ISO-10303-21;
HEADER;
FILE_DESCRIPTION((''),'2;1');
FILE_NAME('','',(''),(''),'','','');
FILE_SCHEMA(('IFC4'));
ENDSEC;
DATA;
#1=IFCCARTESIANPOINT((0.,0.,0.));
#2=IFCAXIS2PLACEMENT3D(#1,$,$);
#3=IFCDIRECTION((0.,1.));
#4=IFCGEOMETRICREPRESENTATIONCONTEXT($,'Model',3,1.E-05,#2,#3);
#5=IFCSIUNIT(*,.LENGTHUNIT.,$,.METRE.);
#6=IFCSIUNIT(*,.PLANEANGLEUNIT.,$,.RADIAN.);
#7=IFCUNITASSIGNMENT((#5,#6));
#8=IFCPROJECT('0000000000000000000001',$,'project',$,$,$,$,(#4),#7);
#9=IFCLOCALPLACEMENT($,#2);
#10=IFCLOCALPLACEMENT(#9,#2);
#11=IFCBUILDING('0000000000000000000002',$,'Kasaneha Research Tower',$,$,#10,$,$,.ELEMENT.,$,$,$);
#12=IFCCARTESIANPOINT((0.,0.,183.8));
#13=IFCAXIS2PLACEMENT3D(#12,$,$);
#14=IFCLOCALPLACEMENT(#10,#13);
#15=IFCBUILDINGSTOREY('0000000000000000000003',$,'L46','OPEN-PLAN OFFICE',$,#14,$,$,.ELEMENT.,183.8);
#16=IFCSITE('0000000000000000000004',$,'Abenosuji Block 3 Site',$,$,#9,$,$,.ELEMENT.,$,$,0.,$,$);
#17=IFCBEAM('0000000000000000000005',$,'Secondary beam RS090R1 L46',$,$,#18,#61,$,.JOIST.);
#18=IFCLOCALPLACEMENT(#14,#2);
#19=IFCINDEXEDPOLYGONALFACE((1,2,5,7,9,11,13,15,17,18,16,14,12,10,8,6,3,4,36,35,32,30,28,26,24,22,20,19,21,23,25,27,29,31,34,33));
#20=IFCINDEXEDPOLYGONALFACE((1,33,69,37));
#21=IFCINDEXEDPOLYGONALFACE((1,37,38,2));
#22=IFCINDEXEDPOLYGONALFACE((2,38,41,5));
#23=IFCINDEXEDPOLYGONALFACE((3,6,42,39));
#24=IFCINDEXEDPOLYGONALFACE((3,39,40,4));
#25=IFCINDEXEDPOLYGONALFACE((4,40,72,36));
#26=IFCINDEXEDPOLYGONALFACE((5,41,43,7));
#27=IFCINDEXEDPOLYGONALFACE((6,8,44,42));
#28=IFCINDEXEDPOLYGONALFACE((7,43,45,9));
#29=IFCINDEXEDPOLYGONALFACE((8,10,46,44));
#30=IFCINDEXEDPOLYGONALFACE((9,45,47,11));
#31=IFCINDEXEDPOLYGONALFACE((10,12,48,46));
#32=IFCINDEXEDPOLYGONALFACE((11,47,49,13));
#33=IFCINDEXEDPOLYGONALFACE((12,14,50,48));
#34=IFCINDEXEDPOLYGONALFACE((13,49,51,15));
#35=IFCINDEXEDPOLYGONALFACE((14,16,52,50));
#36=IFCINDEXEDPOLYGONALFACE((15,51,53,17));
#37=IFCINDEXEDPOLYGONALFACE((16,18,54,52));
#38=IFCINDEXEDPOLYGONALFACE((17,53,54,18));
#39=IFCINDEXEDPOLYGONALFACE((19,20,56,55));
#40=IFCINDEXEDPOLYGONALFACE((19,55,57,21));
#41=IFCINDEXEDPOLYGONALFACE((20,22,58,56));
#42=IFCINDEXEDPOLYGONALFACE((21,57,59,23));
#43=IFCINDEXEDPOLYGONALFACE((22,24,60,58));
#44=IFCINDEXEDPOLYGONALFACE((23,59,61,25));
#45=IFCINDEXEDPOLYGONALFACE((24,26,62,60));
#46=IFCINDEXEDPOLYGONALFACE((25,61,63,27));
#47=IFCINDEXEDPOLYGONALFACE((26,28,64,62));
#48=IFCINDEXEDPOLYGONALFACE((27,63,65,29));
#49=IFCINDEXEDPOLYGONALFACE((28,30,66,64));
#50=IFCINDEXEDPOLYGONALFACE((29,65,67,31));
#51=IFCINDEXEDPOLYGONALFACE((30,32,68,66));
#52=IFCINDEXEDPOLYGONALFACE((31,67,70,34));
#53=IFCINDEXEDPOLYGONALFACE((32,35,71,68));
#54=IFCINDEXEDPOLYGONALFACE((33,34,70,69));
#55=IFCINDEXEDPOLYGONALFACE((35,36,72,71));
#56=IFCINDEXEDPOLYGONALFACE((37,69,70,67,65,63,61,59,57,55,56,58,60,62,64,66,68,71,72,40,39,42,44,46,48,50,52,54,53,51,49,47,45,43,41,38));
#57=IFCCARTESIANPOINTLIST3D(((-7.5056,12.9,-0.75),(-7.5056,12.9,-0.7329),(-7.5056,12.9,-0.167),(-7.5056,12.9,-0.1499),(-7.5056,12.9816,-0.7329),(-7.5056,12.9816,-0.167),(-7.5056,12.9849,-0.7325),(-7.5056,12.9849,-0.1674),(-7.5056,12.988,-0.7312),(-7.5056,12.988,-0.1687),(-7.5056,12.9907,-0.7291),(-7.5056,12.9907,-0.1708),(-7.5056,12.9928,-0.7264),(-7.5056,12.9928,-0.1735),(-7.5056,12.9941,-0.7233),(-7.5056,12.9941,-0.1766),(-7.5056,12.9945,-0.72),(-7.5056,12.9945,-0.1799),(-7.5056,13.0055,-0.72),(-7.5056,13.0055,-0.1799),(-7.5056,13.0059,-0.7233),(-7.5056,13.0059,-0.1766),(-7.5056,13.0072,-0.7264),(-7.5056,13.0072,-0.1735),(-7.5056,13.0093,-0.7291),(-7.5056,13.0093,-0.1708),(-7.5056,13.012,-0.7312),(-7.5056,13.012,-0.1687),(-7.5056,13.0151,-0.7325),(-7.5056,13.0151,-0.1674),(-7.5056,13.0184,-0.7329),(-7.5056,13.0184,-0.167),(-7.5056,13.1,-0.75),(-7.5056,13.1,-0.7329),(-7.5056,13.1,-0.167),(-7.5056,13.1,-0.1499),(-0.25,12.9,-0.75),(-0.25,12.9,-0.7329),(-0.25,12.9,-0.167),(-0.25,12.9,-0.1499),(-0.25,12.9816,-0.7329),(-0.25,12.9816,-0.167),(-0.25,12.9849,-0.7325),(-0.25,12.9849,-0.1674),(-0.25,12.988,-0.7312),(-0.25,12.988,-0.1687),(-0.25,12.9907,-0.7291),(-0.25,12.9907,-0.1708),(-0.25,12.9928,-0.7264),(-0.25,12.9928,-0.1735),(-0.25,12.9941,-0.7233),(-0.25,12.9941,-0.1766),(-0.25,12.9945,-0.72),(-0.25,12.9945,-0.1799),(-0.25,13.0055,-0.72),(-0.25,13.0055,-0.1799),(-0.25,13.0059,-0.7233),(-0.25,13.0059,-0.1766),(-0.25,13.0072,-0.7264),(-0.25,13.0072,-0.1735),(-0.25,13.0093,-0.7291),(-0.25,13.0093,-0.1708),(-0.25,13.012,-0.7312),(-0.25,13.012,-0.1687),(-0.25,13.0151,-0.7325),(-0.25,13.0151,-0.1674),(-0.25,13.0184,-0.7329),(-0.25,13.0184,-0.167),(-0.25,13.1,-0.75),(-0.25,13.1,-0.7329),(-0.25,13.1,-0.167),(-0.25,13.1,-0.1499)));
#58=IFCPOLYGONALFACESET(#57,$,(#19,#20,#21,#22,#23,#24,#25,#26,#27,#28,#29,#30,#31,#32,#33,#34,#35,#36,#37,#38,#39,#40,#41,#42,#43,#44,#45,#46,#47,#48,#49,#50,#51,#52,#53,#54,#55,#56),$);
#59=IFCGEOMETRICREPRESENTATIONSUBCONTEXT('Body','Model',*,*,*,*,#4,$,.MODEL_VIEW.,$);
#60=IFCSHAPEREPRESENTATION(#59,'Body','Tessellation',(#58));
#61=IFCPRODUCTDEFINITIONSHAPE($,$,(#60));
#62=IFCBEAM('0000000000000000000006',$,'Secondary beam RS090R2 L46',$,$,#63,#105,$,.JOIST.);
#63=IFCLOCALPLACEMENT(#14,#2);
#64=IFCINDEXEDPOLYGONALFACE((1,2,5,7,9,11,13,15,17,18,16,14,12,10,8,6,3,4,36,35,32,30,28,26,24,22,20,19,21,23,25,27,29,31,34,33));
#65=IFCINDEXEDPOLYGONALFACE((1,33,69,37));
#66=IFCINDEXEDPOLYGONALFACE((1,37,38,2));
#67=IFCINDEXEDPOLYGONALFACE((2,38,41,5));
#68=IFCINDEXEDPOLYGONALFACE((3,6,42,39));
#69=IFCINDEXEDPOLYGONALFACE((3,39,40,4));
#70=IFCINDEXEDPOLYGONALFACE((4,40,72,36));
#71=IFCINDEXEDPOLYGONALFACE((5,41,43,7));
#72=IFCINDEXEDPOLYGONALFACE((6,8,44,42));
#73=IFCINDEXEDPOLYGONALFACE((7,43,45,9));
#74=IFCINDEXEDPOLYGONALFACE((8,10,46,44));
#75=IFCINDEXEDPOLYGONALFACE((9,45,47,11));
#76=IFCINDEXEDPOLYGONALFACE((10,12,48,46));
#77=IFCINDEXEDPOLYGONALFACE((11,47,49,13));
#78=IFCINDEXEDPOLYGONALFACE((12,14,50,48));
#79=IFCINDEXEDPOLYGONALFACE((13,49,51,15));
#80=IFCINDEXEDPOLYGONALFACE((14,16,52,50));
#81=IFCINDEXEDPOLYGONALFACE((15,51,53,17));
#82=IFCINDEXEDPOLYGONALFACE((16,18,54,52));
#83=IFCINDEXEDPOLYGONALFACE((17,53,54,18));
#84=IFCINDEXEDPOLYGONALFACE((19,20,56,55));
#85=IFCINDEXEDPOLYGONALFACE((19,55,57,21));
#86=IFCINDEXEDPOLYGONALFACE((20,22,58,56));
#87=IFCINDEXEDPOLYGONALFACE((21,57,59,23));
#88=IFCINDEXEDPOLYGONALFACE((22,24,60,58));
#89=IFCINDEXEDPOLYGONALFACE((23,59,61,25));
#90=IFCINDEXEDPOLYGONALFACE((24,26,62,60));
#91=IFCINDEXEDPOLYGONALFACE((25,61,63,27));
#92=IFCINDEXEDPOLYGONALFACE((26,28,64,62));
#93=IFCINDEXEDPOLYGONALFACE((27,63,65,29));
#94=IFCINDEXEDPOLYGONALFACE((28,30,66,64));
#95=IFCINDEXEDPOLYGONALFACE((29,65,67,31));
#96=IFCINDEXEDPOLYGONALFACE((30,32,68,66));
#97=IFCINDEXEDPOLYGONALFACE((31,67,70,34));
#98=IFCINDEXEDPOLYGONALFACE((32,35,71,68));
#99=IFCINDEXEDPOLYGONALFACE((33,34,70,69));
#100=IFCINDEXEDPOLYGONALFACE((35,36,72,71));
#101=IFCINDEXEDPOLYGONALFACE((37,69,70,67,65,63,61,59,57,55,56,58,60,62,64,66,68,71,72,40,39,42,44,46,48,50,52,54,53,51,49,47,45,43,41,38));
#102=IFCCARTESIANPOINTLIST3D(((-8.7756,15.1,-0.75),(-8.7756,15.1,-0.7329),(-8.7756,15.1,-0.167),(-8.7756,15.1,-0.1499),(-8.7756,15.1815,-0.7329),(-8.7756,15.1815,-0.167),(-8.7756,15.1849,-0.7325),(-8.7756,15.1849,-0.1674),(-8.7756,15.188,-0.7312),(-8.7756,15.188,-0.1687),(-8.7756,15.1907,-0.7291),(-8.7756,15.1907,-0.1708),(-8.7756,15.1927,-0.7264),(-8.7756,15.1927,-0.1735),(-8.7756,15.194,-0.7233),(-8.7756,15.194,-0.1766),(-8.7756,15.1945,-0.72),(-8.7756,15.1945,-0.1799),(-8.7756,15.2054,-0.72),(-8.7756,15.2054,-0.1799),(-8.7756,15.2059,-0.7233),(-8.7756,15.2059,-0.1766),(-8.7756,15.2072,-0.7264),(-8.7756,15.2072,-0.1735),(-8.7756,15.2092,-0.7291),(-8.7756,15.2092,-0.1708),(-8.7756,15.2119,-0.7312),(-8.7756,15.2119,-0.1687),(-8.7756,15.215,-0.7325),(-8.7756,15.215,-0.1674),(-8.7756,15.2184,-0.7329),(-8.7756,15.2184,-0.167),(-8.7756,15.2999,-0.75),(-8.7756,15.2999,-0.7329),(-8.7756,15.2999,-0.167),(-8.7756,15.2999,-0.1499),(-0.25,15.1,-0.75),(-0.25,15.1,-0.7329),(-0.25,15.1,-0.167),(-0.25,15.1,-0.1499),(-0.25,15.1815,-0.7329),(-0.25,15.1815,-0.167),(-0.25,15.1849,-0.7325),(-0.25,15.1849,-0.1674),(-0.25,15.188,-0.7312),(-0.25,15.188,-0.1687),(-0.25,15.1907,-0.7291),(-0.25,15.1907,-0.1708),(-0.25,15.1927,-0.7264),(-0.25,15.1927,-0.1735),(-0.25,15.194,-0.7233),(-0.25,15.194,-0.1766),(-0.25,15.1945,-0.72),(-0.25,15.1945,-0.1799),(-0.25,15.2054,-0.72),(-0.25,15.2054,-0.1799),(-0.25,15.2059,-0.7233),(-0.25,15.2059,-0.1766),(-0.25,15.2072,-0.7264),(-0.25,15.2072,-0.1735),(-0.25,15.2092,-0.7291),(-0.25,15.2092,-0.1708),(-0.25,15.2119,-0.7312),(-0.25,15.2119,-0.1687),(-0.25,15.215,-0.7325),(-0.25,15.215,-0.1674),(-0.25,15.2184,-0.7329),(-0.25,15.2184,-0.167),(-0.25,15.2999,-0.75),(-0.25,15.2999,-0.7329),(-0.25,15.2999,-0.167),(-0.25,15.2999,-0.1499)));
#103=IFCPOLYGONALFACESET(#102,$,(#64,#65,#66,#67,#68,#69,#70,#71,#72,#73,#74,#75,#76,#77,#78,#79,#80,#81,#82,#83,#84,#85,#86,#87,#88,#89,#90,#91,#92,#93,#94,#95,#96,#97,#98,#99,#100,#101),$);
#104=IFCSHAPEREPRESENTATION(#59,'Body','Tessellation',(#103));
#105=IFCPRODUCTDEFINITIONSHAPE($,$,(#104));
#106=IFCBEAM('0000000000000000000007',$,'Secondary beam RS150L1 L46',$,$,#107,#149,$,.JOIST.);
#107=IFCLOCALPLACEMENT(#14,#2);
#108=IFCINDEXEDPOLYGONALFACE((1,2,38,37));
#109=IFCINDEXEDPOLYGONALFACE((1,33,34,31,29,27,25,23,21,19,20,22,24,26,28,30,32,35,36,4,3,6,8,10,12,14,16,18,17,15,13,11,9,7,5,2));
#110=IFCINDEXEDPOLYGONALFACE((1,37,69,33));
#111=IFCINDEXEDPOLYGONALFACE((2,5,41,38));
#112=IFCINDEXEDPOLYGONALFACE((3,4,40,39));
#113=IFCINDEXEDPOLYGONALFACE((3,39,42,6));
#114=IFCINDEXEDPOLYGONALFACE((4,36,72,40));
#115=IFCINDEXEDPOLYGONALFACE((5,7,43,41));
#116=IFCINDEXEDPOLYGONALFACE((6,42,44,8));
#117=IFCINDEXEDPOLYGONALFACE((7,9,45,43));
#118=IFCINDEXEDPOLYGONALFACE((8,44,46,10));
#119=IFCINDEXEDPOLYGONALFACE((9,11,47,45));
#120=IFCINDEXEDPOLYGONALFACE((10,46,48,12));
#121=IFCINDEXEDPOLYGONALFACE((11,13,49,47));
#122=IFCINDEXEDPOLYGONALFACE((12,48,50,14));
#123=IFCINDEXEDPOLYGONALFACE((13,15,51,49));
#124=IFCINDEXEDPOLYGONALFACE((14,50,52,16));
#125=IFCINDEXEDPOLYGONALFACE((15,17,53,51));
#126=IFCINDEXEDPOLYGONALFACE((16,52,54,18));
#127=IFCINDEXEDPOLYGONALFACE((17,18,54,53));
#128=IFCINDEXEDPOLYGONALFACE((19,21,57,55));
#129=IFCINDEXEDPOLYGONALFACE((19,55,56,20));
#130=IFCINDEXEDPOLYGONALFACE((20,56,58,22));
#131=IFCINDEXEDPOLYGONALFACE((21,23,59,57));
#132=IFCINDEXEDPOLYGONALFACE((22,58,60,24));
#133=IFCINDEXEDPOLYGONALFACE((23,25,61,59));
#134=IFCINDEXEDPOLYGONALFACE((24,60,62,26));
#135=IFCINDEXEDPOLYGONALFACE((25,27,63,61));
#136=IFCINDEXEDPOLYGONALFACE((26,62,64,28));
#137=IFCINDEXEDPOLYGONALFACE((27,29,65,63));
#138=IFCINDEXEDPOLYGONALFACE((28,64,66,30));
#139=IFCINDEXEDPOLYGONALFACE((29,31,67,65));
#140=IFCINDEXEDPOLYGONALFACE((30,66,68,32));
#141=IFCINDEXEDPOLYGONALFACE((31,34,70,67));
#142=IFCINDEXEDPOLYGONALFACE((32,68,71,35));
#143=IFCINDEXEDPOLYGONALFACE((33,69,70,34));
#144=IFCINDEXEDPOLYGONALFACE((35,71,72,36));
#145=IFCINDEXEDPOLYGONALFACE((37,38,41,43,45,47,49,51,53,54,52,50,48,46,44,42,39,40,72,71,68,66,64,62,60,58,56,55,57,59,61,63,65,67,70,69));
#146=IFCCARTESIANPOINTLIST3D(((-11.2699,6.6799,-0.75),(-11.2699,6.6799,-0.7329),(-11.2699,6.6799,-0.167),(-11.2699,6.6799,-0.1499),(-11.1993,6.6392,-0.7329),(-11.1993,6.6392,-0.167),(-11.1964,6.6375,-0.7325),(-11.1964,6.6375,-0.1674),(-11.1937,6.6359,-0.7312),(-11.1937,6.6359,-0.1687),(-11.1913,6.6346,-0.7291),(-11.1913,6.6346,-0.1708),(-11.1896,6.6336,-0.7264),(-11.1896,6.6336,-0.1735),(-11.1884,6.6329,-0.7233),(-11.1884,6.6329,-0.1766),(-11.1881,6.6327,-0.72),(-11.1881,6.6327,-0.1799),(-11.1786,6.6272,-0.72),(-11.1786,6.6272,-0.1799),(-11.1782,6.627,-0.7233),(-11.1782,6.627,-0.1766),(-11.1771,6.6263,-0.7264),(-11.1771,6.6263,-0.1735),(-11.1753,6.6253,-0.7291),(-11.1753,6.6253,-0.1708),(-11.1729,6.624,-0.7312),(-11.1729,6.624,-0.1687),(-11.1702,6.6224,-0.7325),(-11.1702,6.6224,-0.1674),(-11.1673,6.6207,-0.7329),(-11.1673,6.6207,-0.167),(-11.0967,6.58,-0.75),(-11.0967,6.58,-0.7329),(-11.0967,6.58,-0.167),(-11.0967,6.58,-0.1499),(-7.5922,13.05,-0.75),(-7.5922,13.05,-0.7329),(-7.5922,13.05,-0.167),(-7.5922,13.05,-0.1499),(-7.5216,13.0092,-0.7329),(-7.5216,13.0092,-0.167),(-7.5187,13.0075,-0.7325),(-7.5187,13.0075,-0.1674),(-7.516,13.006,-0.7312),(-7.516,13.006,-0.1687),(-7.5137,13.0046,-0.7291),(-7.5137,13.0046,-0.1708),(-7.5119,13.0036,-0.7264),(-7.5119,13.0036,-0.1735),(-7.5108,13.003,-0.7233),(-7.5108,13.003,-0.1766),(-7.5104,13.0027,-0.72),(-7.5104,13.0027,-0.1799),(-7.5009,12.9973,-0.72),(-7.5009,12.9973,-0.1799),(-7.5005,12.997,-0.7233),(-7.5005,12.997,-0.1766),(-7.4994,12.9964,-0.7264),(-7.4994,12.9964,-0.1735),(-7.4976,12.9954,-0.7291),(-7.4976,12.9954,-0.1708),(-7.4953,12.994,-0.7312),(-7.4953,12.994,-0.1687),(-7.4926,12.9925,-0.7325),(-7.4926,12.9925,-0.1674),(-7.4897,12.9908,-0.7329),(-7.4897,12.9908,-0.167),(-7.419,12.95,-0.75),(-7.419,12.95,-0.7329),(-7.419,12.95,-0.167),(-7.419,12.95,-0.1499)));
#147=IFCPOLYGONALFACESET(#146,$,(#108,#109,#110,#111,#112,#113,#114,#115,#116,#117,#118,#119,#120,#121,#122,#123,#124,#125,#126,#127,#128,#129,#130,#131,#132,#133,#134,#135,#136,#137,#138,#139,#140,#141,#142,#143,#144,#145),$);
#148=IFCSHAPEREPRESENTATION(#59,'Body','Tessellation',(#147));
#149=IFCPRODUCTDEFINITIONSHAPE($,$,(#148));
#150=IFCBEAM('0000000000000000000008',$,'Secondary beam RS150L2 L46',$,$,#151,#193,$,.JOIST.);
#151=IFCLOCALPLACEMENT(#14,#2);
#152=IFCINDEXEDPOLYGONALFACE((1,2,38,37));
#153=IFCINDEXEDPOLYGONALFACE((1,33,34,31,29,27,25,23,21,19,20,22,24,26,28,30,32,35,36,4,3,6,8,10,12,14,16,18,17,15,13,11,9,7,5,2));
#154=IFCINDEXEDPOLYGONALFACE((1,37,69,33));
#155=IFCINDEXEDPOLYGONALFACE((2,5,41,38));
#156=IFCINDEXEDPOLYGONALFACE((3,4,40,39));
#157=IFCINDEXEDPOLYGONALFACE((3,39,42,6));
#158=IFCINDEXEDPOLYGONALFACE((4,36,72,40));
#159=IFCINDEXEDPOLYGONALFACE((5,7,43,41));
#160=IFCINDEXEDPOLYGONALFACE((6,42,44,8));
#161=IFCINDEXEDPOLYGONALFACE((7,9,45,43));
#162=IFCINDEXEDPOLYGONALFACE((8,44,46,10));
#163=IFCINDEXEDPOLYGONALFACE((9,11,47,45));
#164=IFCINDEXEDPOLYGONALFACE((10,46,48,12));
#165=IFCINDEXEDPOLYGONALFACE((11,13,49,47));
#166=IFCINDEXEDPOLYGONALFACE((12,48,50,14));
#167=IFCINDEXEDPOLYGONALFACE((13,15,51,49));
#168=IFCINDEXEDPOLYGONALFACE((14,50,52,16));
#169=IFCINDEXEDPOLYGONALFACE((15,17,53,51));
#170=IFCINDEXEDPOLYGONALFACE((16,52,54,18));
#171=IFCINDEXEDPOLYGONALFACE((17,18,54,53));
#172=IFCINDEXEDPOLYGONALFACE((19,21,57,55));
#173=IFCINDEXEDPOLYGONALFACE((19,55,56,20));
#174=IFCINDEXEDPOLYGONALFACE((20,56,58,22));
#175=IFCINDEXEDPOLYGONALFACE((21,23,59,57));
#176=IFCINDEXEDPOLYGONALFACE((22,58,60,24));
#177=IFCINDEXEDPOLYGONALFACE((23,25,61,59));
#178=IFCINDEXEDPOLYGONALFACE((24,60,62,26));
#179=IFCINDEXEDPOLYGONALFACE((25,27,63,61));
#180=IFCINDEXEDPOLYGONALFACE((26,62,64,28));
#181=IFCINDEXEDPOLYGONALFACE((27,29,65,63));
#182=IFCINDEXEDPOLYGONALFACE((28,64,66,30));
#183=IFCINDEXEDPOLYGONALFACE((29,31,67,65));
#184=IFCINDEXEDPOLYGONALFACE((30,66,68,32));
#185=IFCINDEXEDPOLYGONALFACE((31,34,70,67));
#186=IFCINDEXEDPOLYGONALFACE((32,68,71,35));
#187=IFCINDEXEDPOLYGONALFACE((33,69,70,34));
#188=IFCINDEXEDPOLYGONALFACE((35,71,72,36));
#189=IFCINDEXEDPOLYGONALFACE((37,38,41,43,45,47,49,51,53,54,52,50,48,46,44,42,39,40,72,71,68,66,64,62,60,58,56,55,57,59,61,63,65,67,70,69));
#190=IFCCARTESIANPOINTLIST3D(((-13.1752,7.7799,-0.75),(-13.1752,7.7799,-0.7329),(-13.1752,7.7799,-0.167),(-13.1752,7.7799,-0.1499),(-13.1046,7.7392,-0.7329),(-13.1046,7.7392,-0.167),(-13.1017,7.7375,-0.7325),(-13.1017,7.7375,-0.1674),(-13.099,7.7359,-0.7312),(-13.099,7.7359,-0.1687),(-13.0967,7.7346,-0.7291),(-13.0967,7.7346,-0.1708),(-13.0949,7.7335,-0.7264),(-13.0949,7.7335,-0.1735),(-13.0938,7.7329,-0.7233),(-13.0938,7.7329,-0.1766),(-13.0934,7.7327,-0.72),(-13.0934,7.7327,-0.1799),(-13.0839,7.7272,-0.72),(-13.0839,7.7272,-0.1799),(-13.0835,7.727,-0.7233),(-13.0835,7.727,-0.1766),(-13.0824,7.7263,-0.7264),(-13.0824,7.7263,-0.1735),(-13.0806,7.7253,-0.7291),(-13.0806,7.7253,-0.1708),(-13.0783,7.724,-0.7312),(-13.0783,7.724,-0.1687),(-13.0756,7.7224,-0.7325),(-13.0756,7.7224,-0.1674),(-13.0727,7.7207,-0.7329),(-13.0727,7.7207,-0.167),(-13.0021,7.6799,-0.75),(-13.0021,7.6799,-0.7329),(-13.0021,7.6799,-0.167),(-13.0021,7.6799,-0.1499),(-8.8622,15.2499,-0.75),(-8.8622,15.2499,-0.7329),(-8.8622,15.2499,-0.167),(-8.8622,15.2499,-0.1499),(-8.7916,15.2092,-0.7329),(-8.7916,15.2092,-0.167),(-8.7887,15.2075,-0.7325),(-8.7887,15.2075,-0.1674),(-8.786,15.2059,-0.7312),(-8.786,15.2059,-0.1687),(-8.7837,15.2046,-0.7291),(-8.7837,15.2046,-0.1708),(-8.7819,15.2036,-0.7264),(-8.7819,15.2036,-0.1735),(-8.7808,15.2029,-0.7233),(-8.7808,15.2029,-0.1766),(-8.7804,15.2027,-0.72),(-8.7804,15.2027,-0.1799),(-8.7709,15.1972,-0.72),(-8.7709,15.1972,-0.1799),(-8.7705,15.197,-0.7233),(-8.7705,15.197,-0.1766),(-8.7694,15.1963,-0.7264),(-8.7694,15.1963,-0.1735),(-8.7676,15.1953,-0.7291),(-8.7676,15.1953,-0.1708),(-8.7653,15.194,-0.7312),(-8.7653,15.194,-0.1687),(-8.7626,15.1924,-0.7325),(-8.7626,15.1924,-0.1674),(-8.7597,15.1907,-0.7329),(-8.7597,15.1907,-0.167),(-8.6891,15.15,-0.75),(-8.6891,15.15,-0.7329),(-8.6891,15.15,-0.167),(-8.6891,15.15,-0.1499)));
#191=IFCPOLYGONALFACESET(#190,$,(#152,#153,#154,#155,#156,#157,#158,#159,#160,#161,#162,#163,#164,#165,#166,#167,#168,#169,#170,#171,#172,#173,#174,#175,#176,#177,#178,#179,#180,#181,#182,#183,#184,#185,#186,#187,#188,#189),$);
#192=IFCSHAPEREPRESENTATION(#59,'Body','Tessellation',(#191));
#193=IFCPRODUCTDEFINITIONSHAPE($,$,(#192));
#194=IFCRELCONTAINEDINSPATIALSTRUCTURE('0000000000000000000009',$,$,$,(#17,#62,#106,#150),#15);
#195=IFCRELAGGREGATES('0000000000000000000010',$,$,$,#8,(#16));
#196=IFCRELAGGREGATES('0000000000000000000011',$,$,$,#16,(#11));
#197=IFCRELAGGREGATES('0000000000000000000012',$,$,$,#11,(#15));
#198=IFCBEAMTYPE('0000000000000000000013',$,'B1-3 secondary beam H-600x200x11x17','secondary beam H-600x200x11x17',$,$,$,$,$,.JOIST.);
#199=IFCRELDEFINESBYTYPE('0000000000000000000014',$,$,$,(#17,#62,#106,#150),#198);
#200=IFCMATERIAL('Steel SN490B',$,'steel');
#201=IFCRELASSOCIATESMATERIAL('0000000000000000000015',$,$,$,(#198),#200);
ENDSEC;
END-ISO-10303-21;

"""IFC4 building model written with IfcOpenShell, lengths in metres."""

from ifc_helpers import new_model, si_unit, direction, frame, origin, origin_2d, place, context, subcontext, project, spatial, i_section, extrude, material, material_profile, profile_set, type_object, element, save


model = new_model("IFC4")

# Units and contexts
model_context = context("Model", 3, precision=1e-05, world=origin(), true_north=direction((0.0, 1.0)))
body_context = subcontext(model_context, "Body", "Model", "MODEL_VIEW")
ifc_project = project(units=[si_unit("LENGTHUNIT", "METRE"), si_unit("PLANEANGLEUNIT", "RADIAN")], contexts=[model_context])

# Site, building, storey
site_placement = place(None, origin())
site = spatial("IfcSite", under=ifc_project, at=site_placement, Name="Abenosuji Block 3 Site", CompositionType="ELEMENT", RefElevation=0.0)
building_placement = place(site_placement, origin())
building = spatial("IfcBuilding", under=site, at=building_placement, Name="Kasaneha Research Tower", CompositionType="ELEMENT")
storey_placement = place(building_placement, frame((0.0, 0.0, 183.8)))
storey = spatial("IfcBuildingStorey", under=building, at=storey_placement, Name="L46", Description="OPEN-PLAN OFFICE", CompositionType="ELEMENT", Elevation=183.8)

# Beams
ifc_material_1 = material(Name="Steel SN490B", Category="steel")
ifc_material_profile_1 = material_profile(ifc_material_1, i_section(OverallWidth=0.2, OverallDepth=0.6001, WebThickness=0.011, FlangeThickness=0.0171, FilletRadius=0.0129, at=origin_2d()), Name="H-600x200x11x17")
ifc_profile_set_1 = profile_set([ifc_material_profile_1], Name="Steel SN490B")
beam_type_1 = type_object("IfcBeamType", Name="B1-3 secondary beam H-600x200x11x17", Description="secondary beam H-600x200x11x17", PredefinedType="JOIST", material=ifc_profile_set_1)
beam_1_placement = place(storey_placement, frame((-7.5056, 13.0, -0.45), z_axis=(1.0, 0.0, 0.0), x_axis=(0.0, 1.0, 0.0)))
element("IfcBeam", 1, at=beam_1_placement, inside=storey, type_object=beam_type_1, Name="Secondary beam RS090R1 L46", PredefinedType="JOIST", context=body_context, shape_type="SweptSolid", body=[
    extrude(i_section(OverallWidth=0.2, OverallDepth=0.6001, WebThickness=0.011, FlangeThickness=0.0171, FilletRadius=0.0129, at=origin_2d()), origin(), (0.0, 0.0, 1.0), 7.2556),
])
beam_2_placement = place(storey_placement, frame((-8.7756, 15.2, -0.45), z_axis=(1.0, 0.0, 0.0), x_axis=(0.0, 1.0, 0.0)))
element("IfcBeam", 2, at=beam_2_placement, inside=storey, type_object=beam_type_1, Name="Secondary beam RS090R2 L46", PredefinedType="JOIST", context=body_context, shape_type="SweptSolid", body=[
    extrude(i_section(OverallWidth=0.2, OverallDepth=0.6001, WebThickness=0.011, FlangeThickness=0.0171, FilletRadius=0.0129, at=origin_2d()), origin(), (0.0, 0.0, 1.0), 8.5256),
])
beam_3_placement = place(storey_placement, frame((-7.5056, 13.0, -0.45), z_axis=(-0.499994, -0.866029, 0.0), x_axis=(0.866029, -0.499994, 0.0)))
element("IfcBeam", 3, at=beam_3_placement, inside=storey, type_object=beam_type_1, Name="Secondary beam RS150L1 L46", PredefinedType="JOIST", context=body_context, shape_type="SweptSolid", body=[
    extrude(i_section(OverallWidth=0.2, OverallDepth=0.6001, WebThickness=0.011, FlangeThickness=0.0171, FilletRadius=0.0129, at=origin_2d()), origin(), (0.0, 0.0, 1.0), 7.3555),
])
beam_4_placement = place(storey_placement, frame((-8.7756, 15.2, -0.45), z_axis=(-0.500017, -0.866015, 0.0), x_axis=(0.866015, -0.500017, 0.0)))
element("IfcBeam", 4, at=beam_4_placement, inside=storey, type_object=beam_type_1, Name="Secondary beam RS150L2 L46", PredefinedType="JOIST", context=body_context, shape_type="SweptSolid", body=[
    extrude(i_section(OverallWidth=0.2, OverallDepth=0.6001, WebThickness=0.011, FlangeThickness=0.0171, FilletRadius=0.0129, at=origin_2d()), origin(), (0.0, 0.0, 1.0), 8.6257),
])

save(model, "model.ifc")
